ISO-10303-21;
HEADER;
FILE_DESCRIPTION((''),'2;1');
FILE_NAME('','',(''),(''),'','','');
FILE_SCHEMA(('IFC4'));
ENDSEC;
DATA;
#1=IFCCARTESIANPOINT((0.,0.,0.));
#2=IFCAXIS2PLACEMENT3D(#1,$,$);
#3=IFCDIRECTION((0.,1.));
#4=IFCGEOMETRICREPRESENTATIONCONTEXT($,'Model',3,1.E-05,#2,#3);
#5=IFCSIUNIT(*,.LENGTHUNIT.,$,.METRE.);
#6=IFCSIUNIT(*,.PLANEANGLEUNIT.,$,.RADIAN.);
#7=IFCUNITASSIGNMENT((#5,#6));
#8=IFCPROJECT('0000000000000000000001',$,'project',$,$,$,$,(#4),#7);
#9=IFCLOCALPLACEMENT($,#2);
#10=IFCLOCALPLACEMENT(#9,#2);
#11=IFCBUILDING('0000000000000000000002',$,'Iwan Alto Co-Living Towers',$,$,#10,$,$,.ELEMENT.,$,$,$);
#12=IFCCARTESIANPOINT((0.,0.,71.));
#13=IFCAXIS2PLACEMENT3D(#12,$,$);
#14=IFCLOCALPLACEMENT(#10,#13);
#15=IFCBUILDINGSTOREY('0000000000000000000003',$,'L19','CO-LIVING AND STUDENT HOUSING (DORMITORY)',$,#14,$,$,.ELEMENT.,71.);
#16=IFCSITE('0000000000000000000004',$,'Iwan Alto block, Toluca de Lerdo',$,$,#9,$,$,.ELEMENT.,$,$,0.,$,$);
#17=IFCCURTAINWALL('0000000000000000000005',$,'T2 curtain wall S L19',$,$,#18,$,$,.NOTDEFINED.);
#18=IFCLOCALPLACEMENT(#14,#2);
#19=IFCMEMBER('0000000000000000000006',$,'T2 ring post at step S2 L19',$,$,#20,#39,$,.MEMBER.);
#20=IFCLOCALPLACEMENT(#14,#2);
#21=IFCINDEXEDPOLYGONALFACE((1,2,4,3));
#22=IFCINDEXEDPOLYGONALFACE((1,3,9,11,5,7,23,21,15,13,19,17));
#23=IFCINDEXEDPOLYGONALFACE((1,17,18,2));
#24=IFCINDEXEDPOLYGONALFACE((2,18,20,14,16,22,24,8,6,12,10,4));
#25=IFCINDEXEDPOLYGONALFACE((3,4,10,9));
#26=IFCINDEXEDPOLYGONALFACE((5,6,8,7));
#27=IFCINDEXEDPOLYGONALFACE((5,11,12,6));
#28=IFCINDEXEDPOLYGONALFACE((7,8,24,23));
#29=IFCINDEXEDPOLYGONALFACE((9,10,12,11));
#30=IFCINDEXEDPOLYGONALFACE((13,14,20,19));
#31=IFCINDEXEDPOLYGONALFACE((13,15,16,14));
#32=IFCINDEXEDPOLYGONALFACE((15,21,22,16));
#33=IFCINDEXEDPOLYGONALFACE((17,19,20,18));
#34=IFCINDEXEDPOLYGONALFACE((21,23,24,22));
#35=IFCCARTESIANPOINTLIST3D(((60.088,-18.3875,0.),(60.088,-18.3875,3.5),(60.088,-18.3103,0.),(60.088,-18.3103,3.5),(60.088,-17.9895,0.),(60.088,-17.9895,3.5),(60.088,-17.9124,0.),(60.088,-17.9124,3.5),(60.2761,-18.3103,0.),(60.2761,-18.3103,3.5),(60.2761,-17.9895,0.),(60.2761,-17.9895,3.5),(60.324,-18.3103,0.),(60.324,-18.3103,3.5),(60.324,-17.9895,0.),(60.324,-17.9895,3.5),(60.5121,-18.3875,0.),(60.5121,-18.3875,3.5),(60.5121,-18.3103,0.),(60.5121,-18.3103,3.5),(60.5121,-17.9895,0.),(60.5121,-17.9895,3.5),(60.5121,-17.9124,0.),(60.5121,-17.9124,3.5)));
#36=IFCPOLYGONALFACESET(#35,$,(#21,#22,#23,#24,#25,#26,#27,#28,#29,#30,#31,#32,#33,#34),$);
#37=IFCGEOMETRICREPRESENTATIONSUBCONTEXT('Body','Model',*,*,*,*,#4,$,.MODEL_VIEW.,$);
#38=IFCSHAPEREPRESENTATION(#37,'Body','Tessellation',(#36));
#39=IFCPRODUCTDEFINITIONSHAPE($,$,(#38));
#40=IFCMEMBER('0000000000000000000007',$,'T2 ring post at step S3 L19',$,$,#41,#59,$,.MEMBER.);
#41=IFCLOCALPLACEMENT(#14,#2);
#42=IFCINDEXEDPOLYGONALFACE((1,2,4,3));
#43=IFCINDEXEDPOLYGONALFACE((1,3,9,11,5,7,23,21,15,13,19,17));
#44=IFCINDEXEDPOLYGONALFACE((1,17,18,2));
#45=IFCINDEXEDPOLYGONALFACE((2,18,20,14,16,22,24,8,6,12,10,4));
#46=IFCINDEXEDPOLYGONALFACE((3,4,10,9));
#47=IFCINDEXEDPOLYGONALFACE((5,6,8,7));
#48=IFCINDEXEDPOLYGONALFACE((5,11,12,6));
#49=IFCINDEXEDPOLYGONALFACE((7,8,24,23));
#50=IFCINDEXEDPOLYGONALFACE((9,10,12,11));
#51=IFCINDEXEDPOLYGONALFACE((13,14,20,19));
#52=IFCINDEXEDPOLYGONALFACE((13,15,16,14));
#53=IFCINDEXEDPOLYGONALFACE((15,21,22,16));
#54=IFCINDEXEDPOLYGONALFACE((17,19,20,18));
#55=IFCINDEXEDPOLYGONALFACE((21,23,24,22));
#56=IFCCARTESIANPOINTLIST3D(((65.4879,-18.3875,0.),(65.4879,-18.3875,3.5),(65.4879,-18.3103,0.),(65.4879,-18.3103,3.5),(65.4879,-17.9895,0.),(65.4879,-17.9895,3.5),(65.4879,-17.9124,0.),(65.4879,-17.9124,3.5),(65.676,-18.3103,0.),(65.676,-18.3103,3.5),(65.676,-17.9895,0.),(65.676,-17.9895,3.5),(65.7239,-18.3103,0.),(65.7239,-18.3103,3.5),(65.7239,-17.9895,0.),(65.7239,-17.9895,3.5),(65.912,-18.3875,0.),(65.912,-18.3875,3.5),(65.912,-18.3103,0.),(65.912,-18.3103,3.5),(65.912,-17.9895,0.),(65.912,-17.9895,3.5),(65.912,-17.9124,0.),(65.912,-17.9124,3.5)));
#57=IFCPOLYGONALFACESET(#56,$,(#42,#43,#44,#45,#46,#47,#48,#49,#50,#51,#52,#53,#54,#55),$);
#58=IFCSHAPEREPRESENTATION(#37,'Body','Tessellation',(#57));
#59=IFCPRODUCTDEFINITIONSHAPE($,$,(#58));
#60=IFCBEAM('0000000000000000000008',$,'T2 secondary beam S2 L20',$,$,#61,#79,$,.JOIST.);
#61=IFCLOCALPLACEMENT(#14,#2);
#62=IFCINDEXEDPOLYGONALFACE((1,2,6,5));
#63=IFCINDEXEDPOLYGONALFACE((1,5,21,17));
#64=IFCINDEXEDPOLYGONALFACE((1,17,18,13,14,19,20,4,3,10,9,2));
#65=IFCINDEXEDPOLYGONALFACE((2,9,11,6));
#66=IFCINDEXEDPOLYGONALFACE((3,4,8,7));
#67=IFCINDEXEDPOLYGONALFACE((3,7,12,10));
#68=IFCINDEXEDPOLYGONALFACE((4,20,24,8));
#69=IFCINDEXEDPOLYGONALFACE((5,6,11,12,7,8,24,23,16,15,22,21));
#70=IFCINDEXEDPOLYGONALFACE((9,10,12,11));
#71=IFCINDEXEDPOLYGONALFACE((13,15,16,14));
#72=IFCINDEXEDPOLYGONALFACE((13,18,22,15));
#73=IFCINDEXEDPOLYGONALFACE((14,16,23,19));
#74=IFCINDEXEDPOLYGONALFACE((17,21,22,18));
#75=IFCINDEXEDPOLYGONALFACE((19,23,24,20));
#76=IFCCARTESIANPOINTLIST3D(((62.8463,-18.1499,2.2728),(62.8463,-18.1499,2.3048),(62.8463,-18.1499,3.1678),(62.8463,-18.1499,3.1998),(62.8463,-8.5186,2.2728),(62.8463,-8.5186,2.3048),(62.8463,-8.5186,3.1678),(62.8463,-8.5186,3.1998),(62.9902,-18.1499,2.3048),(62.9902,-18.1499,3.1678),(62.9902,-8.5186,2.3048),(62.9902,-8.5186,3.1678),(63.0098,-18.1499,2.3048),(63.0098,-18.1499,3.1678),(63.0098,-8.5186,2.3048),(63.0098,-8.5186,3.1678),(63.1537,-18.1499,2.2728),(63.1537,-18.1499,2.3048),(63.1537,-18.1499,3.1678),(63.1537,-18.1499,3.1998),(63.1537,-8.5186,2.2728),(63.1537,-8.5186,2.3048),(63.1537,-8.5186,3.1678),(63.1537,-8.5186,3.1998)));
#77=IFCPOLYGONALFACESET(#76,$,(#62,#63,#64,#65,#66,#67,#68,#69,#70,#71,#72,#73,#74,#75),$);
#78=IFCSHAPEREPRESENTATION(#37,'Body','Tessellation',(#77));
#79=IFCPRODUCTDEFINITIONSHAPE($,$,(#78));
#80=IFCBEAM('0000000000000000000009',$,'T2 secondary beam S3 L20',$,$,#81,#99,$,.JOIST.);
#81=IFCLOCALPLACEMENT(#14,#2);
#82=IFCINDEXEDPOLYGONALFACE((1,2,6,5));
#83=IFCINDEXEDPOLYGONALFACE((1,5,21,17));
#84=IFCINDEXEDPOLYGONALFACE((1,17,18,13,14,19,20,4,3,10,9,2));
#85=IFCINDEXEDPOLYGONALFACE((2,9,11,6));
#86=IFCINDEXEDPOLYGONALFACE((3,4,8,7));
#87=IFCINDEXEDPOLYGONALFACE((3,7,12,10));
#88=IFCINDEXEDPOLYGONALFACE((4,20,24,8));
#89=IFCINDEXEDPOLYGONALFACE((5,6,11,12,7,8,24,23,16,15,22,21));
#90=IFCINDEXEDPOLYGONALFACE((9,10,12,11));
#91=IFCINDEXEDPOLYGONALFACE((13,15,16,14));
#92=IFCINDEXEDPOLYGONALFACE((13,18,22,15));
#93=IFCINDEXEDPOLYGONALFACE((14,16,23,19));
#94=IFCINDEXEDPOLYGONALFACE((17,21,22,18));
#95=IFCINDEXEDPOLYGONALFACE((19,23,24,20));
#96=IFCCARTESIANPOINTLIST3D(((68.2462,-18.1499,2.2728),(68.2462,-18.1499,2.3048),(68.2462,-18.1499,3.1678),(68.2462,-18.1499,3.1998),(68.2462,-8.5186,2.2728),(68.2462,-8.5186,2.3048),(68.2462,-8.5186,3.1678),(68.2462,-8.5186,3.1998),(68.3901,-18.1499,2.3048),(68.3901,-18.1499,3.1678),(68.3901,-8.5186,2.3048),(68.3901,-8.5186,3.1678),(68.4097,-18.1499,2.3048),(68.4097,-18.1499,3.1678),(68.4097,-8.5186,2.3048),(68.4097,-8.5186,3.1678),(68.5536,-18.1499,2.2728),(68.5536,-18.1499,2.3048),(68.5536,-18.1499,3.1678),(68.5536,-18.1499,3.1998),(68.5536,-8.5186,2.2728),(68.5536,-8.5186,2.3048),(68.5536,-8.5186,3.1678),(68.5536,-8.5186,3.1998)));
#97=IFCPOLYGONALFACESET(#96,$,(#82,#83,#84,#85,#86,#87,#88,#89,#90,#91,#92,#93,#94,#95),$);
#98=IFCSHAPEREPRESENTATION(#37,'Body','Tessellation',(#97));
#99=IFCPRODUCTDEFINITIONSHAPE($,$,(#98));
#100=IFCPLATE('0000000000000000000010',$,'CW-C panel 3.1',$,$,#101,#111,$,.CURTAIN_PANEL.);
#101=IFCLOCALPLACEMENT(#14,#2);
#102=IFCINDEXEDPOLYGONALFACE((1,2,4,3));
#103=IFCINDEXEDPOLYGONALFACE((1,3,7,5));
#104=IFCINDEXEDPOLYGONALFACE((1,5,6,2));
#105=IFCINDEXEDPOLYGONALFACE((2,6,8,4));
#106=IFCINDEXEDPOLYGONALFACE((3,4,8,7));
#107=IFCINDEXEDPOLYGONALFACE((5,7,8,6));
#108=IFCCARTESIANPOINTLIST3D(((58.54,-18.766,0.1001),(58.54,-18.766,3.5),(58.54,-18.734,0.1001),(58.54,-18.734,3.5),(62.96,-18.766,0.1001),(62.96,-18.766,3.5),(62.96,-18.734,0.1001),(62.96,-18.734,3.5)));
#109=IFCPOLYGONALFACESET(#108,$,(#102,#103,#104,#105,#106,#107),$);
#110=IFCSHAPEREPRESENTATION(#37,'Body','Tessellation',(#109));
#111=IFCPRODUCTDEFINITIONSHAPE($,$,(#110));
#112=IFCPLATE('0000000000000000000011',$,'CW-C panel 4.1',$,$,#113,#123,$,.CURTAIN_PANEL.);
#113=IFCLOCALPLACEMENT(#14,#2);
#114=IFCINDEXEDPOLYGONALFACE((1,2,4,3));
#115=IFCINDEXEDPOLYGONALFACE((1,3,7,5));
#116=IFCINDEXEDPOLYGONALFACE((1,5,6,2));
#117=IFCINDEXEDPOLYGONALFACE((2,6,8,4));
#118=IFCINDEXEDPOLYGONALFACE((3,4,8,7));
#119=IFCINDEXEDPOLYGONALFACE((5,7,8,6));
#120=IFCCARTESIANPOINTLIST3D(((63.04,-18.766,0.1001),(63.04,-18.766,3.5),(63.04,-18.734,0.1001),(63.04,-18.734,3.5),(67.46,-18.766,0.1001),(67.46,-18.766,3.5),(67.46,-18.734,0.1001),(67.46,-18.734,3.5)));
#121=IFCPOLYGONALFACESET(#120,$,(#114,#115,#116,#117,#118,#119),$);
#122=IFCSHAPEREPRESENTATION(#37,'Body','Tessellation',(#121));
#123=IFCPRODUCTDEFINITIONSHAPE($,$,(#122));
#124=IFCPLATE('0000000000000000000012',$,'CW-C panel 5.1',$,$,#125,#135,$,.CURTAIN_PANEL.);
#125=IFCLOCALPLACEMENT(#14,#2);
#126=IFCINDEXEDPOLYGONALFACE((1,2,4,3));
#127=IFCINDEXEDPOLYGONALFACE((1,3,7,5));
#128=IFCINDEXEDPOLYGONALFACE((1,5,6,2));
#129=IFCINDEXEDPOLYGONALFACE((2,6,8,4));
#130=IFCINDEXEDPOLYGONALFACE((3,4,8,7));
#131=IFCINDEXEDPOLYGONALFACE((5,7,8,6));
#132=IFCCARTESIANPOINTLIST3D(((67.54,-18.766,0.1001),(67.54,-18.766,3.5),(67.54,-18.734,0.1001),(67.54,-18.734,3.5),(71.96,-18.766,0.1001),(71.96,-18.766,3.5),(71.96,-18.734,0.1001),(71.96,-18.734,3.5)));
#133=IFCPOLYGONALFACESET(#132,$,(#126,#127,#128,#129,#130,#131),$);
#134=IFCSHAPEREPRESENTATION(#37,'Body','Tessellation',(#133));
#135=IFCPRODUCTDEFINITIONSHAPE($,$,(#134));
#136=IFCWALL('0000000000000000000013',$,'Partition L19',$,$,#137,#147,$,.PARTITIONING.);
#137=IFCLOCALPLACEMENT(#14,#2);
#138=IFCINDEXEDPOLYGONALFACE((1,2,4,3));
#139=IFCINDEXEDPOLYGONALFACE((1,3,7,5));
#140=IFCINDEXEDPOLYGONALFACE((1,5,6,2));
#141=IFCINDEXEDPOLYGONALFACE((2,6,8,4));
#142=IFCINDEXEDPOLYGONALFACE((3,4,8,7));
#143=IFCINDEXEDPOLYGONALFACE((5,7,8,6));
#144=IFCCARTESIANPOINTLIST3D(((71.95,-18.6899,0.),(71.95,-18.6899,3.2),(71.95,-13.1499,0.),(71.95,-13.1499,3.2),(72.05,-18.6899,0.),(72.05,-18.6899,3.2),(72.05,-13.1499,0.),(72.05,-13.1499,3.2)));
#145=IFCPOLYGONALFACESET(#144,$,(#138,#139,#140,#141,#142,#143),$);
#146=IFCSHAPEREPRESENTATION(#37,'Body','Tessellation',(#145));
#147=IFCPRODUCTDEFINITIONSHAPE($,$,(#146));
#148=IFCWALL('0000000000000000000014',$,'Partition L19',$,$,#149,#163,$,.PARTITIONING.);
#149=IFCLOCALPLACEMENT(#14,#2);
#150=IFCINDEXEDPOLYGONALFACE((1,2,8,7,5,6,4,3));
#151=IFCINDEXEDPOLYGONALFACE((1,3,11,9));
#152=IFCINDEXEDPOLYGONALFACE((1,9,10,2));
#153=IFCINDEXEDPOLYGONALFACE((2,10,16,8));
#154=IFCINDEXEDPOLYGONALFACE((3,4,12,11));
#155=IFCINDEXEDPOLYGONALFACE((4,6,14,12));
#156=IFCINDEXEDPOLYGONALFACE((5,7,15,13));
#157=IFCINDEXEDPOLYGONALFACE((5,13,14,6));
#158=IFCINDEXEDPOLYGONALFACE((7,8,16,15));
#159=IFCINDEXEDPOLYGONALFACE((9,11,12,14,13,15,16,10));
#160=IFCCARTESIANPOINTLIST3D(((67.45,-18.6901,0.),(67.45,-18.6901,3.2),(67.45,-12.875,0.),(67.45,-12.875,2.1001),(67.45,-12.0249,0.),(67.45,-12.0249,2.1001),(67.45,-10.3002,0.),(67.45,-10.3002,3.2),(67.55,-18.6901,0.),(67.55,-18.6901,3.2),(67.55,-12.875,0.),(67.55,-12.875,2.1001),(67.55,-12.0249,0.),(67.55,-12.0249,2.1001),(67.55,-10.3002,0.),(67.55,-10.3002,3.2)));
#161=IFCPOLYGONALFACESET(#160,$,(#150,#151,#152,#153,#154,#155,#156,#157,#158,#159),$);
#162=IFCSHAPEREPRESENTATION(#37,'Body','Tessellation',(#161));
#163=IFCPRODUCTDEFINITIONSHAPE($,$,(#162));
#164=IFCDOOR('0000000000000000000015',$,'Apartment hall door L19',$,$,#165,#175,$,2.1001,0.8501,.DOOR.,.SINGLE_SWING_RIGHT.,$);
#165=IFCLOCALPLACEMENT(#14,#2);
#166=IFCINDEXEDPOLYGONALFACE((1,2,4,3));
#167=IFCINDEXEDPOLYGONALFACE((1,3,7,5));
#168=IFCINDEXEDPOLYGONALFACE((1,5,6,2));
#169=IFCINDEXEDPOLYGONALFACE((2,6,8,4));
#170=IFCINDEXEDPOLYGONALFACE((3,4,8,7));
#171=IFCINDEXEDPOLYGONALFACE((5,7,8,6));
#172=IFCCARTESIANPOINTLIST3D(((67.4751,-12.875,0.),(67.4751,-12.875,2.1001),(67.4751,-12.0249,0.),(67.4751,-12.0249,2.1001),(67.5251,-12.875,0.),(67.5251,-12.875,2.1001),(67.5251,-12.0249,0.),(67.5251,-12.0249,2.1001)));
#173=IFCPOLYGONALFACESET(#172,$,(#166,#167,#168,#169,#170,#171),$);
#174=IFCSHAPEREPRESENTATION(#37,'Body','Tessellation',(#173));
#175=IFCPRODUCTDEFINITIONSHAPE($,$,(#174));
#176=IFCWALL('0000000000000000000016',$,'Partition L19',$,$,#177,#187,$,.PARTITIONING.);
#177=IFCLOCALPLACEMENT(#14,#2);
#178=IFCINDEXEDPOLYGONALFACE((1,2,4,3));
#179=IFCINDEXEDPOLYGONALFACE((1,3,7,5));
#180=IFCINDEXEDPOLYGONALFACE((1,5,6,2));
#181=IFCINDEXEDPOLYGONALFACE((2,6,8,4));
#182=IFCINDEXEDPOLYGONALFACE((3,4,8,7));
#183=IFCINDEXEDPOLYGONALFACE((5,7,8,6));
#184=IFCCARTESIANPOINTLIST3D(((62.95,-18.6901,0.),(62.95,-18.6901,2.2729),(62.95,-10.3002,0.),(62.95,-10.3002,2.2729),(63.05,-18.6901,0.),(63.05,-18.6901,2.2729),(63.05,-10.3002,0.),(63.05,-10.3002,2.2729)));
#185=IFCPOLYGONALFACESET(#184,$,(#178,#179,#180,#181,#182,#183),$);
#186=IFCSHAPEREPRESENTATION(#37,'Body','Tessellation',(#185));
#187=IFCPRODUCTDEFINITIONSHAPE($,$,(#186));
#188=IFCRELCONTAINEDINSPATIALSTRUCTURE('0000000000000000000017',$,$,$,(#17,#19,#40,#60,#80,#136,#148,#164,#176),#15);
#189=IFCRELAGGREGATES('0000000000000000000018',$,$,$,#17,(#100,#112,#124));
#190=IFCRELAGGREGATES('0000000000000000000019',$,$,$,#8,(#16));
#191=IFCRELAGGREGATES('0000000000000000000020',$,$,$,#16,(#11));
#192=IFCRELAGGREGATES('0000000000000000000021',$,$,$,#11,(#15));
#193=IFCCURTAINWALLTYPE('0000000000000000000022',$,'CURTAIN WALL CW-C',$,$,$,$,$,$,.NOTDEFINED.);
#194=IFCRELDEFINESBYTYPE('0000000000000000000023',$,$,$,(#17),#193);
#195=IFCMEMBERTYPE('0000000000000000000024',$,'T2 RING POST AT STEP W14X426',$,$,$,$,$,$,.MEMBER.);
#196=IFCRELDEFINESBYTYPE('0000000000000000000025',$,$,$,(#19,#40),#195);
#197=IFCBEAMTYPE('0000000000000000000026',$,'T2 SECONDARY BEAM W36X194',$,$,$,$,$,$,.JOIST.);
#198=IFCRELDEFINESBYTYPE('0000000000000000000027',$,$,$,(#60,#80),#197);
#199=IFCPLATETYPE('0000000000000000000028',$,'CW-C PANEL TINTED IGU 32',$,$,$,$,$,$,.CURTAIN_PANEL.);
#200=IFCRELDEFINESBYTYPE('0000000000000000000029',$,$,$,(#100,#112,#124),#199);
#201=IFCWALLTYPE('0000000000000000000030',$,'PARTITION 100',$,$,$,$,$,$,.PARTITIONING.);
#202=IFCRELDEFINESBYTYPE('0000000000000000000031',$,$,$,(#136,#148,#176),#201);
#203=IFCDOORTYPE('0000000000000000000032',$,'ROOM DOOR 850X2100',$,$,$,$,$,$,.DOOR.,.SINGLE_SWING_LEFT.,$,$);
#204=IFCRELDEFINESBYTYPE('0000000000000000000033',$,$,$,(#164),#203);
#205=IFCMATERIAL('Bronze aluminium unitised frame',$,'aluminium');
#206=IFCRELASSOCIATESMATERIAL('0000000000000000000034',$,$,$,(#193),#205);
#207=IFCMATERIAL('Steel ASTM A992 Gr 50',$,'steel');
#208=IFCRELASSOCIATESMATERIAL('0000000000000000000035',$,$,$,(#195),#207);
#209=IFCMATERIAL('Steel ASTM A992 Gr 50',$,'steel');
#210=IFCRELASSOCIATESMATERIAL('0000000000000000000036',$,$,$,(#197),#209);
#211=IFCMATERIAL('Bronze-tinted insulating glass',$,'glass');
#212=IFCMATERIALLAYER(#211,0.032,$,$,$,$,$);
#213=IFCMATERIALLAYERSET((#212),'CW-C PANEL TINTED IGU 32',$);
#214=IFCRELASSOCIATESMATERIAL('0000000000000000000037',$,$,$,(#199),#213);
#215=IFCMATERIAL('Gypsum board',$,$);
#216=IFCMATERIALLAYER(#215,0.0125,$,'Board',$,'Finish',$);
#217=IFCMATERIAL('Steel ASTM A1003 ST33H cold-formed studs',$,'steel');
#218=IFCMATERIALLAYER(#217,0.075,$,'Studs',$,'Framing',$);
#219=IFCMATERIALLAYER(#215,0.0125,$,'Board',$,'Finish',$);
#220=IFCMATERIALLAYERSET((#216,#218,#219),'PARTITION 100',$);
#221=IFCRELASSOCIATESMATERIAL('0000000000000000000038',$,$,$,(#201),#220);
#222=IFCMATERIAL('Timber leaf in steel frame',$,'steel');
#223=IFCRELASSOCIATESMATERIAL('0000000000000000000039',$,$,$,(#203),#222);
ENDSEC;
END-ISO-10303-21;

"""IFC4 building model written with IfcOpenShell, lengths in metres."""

from ifc_helpers import new_model, si_unit, direction, frame, frame_2d, origin, origin_2d, place, context, subcontext, project, spatial, rectangle, i_section, extrude, material, layer, layer_set, material_profile, profile_set, type_object, element, fill, aggregate, save


model = new_model("IFC4")

# Units and contexts
model_context = context("Model", 3, precision=1e-05, world=origin(), true_north=direction((0.0, 1.0)))
body_context = subcontext(model_context, "Body", "Model", "MODEL_VIEW")
ifc_project = project(units=[si_unit("LENGTHUNIT", "METRE"), si_unit("PLANEANGLEUNIT", "RADIAN")], contexts=[model_context])

# Site, building, storey
site_placement = place(None, origin())
site = spatial("IfcSite", under=ifc_project, at=site_placement, Name="Iwan Alto block, Toluca de Lerdo", CompositionType="ELEMENT", RefElevation=0.0)
building_placement = place(site_placement, origin())
building = spatial("IfcBuilding", under=site, at=building_placement, Name="Iwan Alto Co-Living Towers", CompositionType="ELEMENT")
storey_placement = place(building_placement, frame((0.0, 0.0, 71.0)))
storey = spatial("IfcBuildingStorey", under=building, at=storey_placement, Name="L19", Description="CO-LIVING AND STUDENT HOUSING (DORMITORY)", CompositionType="ELEMENT", Elevation=71.0)

# Curtain wall
ifc_material_1 = material(Name="Bronze aluminium unitised frame", Category="aluminium")
curtain_wall_type = type_object("IfcCurtainWallType", Name="CURTAIN WALL CW-C", PredefinedType="NOTDEFINED", material=ifc_material_1)
curtain_wall_placement = place(storey_placement, origin())
curtain_wall = element("IfcCurtainWall", 1, at=curtain_wall_placement, inside=storey, type_object=curtain_wall_type, Name="T2 curtain wall S L19", PredefinedType="NOTDEFINED")

# Members
ifc_material_2 = material(Name="Steel ASTM A992 Gr 50", Category="steel")
ifc_material_profile_1 = material_profile(ifc_material_2, i_section(OverallWidth=0.4241, OverallDepth=0.4751, WebThickness=0.0479, FlangeThickness=0.0771, at=origin_2d()), Name="W14X426")
ifc_profile_set_1 = profile_set([ifc_material_profile_1], Name="Steel ASTM A992 Gr 50")
member_type_1 = type_object("IfcMemberType", Name="T2 RING POST AT STEP W14X426", PredefinedType="MEMBER", material=ifc_profile_set_1)
for number, where, z_axis, x_axis, name in (
    (2, (60.3, -18.1499, 0.0), (0.0, 0.0, 1.0), (1.0, 0.0, 0.0), "T2 ring post at step S2 L19"),
    (3, (65.7, -18.1499, 0.0), (0.0, 0.0, 1.0), (1.0, 0.0, 0.0), "T2 ring post at step S3 L19"),
):
    element("IfcMember", number, at=place(storey_placement, frame(where, z_axis=z_axis, x_axis=x_axis)), inside=storey, type_object=member_type_1, Name=name, PredefinedType="MEMBER", context=body_context, shape_type="SweptSolid", body=[
        extrude(i_section(OverallWidth=0.4241, OverallDepth=0.4751, WebThickness=0.0479, FlangeThickness=0.0771, at=origin_2d()), origin(), (0.0, 0.0, 1.0), 3.5),
    ])

# Beams
ifc_material_3 = material(Name="Steel ASTM A992 Gr 50", Category="steel")
ifc_material_profile_2 = material_profile(ifc_material_3, i_section(OverallWidth=0.3074, OverallDepth=0.927, WebThickness=0.0195, FlangeThickness=0.032, at=origin_2d()), Name="W36X194")
ifc_profile_set_2 = profile_set([ifc_material_profile_2], Name="Steel ASTM A992 Gr 50")
beam_type_1 = type_object("IfcBeamType", Name="T2 SECONDARY BEAM W36X194", PredefinedType="JOIST", material=ifc_profile_set_2)
for number, where, z_axis, x_axis, name in (
    (4, (63.0, -18.1499, 2.7363), (0.0, 1.0, 0.0), (-1.0, 0.0, 0.0), "T2 secondary beam S2 L20"),
    (5, (68.3999, -18.1499, 2.7363), (0.0, 1.0, 0.0), (-1.0, 0.0, 0.0), "T2 secondary beam S3 L20"),
):
    element("IfcBeam", number, at=place(storey_placement, frame(where, z_axis=z_axis, x_axis=x_axis)), inside=storey, type_object=beam_type_1, Name=name, PredefinedType="JOIST", context=body_context, shape_type="SweptSolid", body=[
        extrude(i_section(OverallWidth=0.3074, OverallDepth=0.927, WebThickness=0.0195, FlangeThickness=0.032, at=origin_2d()), origin(), (0.0, 0.0, 1.0), 9.6313),
    ])

# Plates
ifc_material_4 = material(Name="Bronze-tinted insulating glass", Category="glass")
ifc_layer_1 = layer(ifc_material_4, 0.032)
ifc_layer_set_1 = layer_set([ifc_layer_1], Name="CW-C PANEL TINTED IGU 32")
plate_type = type_object("IfcPlateType", Name="CW-C PANEL TINTED IGU 32", PredefinedType="CURTAIN_PANEL", material=ifc_layer_set_1)
plate_1_placement = place(storey_placement, frame((60.75, -18.75, 0.1001), z_axis=(0.0, 0.0, 1.0), x_axis=(1.0, 0.0, 0.0)))
plate_1 = element("IfcPlate", 6, at=plate_1_placement, type_object=plate_type, Name="CW-C panel 3.1", PredefinedType="CURTAIN_PANEL", context=body_context, shape_type="SweptSolid", body=[
    extrude(rectangle(XDim=4.4199, YDim=0.032, at=origin_2d()), origin(), (0.0, 0.0, 1.0), 3.3999),
])
plate_2_placement = place(storey_placement, frame((65.25, -18.75, 0.1001), z_axis=(0.0, 0.0, 1.0), x_axis=(1.0, 0.0, 0.0)))
plate_2 = element("IfcPlate", 7, at=plate_2_placement, type_object=plate_type, Name="CW-C panel 4.1", PredefinedType="CURTAIN_PANEL", context=body_context, shape_type="SweptSolid", body=[
    extrude(rectangle(XDim=4.4199, YDim=0.032, at=origin_2d()), origin(), (0.0, 0.0, 1.0), 3.3999),
])
plate_3_placement = place(storey_placement, frame((69.75, -18.75, 0.1001), z_axis=(0.0, 0.0, 1.0), x_axis=(1.0, 0.0, 0.0)))
plate_3 = element("IfcPlate", 8, at=plate_3_placement, type_object=plate_type, Name="CW-C panel 5.1", PredefinedType="CURTAIN_PANEL", context=body_context, shape_type="SweptSolid", body=[
    extrude(rectangle(XDim=4.4199, YDim=0.032, at=origin_2d()), origin(), (0.0, 0.0, 1.0), 3.3999),
])
aggregate(curtain_wall, [plate_1, plate_2, plate_3])

# Wall
ifc_material_5 = material(Name="Gypsum board")
ifc_layer_2 = layer(ifc_material_5, 0.0125, Name="Board", Category="Finish")
ifc_material_6 = material(Name="Steel ASTM A1003 ST33H cold-formed studs", Category="steel")
ifc_layer_3 = layer(ifc_material_6, 0.075, Name="Studs", Category="Framing")
ifc_layer_4 = layer(ifc_material_5, 0.0125, Name="Board", Category="Finish")
ifc_layer_set_2 = layer_set([ifc_layer_2, ifc_layer_3, ifc_layer_4], Name="PARTITION 100")
wall_type = type_object("IfcWallType", Name="PARTITION 100", PredefinedType="PARTITIONING", material=ifc_layer_set_2)
wall_1_placement = place(storey_placement, frame((72.0, -18.6899, 0.0), z_axis=(0.0, 0.0, 1.0), x_axis=(0.0, 1.0, 0.0)))
element("IfcWall", 9, at=wall_1_placement, inside=storey, type_object=wall_type, Name="Partition L19", PredefinedType="PARTITIONING", context=body_context, shape_type="SweptSolid", body=[
    extrude(rectangle(XDim=5.54, YDim=0.1001, at=frame_2d((2.77, 0.0))), origin(), (0.0, 0.0, 1.0), 3.2),
])

# Wall, opening, door
wall_2_placement = place(storey_placement, frame((67.5, -18.6899, 0.0), z_axis=(0.0, 0.0, 1.0), x_axis=(0.0, 1.0, 0.0)))
wall_2 = element("IfcWall", 10, at=wall_2_placement, inside=storey, type_object=wall_type, Name="Partition L19", PredefinedType="PARTITIONING", context=body_context, shape_type="SweptSolid", body=[
    extrude(rectangle(XDim=8.3899, YDim=0.1001, at=frame_2d((4.1948, 0.0))), origin(), (0.0, 0.0, 1.0), 3.2),
])
opening_placement = place(wall_2_placement, frame((5.8149, 0.0, 0.0)))
opening = element("IfcOpeningElement", 11, at=opening_placement, cuts=wall_2, PredefinedType="OPENING", context=body_context, shape_type="SweptSolid", body=[
    extrude(rectangle(XDim=0.8501, YDim=2.1001, at=frame_2d((0.425, 1.05))), frame((0.0, 0.0601, 0.0), z_axis=(0.0, -1.0, 0.0), x_axis=(1.0, 0.0, 0.0)), (0.0, 0.0, 1.0), 0.1201),
])
ifc_material_7 = material(Name="Timber leaf in steel frame", Category="steel")
door_type = type_object("IfcDoorType", Name="ROOM DOOR 850X2100", OperationType="SINGLE_SWING_LEFT", PredefinedType="DOOR", material=ifc_material_7)
door_placement = place(opening_placement, origin())
door = element("IfcDoor", 12, at=door_placement, inside=storey, type_object=door_type, Name="Apartment hall door L19", OperationType="SINGLE_SWING_RIGHT", OverallHeight=2.1001, OverallWidth=0.8501, PredefinedType="DOOR", context=body_context, shape_type="SweptSolid", body=[
    extrude(rectangle(XDim=0.8501, YDim=2.1001, at=frame_2d((0.425, 1.05))), frame((0.0, 0.0249, 0.0), z_axis=(0.0, -1.0, 0.0), x_axis=(1.0, 0.0, 0.0)), (0.0, 0.0, 1.0), 0.05),
])
fill(opening, door)

# Wall
wall_3_placement = place(storey_placement, frame((63.0, -18.6899, 0.0), z_axis=(0.0, 0.0, 1.0), x_axis=(0.0, 1.0, 0.0)))
element("IfcWall", 13, at=wall_3_placement, inside=storey, type_object=wall_type, Name="Partition L19", PredefinedType="PARTITIONING", context=body_context, shape_type="SweptSolid", body=[
    extrude(rectangle(XDim=8.3899, YDim=0.1001, at=frame_2d((4.1948, 0.0))), origin(), (0.0, 0.0, 1.0), 2.2729),
])

save(model, "model.ifc")
